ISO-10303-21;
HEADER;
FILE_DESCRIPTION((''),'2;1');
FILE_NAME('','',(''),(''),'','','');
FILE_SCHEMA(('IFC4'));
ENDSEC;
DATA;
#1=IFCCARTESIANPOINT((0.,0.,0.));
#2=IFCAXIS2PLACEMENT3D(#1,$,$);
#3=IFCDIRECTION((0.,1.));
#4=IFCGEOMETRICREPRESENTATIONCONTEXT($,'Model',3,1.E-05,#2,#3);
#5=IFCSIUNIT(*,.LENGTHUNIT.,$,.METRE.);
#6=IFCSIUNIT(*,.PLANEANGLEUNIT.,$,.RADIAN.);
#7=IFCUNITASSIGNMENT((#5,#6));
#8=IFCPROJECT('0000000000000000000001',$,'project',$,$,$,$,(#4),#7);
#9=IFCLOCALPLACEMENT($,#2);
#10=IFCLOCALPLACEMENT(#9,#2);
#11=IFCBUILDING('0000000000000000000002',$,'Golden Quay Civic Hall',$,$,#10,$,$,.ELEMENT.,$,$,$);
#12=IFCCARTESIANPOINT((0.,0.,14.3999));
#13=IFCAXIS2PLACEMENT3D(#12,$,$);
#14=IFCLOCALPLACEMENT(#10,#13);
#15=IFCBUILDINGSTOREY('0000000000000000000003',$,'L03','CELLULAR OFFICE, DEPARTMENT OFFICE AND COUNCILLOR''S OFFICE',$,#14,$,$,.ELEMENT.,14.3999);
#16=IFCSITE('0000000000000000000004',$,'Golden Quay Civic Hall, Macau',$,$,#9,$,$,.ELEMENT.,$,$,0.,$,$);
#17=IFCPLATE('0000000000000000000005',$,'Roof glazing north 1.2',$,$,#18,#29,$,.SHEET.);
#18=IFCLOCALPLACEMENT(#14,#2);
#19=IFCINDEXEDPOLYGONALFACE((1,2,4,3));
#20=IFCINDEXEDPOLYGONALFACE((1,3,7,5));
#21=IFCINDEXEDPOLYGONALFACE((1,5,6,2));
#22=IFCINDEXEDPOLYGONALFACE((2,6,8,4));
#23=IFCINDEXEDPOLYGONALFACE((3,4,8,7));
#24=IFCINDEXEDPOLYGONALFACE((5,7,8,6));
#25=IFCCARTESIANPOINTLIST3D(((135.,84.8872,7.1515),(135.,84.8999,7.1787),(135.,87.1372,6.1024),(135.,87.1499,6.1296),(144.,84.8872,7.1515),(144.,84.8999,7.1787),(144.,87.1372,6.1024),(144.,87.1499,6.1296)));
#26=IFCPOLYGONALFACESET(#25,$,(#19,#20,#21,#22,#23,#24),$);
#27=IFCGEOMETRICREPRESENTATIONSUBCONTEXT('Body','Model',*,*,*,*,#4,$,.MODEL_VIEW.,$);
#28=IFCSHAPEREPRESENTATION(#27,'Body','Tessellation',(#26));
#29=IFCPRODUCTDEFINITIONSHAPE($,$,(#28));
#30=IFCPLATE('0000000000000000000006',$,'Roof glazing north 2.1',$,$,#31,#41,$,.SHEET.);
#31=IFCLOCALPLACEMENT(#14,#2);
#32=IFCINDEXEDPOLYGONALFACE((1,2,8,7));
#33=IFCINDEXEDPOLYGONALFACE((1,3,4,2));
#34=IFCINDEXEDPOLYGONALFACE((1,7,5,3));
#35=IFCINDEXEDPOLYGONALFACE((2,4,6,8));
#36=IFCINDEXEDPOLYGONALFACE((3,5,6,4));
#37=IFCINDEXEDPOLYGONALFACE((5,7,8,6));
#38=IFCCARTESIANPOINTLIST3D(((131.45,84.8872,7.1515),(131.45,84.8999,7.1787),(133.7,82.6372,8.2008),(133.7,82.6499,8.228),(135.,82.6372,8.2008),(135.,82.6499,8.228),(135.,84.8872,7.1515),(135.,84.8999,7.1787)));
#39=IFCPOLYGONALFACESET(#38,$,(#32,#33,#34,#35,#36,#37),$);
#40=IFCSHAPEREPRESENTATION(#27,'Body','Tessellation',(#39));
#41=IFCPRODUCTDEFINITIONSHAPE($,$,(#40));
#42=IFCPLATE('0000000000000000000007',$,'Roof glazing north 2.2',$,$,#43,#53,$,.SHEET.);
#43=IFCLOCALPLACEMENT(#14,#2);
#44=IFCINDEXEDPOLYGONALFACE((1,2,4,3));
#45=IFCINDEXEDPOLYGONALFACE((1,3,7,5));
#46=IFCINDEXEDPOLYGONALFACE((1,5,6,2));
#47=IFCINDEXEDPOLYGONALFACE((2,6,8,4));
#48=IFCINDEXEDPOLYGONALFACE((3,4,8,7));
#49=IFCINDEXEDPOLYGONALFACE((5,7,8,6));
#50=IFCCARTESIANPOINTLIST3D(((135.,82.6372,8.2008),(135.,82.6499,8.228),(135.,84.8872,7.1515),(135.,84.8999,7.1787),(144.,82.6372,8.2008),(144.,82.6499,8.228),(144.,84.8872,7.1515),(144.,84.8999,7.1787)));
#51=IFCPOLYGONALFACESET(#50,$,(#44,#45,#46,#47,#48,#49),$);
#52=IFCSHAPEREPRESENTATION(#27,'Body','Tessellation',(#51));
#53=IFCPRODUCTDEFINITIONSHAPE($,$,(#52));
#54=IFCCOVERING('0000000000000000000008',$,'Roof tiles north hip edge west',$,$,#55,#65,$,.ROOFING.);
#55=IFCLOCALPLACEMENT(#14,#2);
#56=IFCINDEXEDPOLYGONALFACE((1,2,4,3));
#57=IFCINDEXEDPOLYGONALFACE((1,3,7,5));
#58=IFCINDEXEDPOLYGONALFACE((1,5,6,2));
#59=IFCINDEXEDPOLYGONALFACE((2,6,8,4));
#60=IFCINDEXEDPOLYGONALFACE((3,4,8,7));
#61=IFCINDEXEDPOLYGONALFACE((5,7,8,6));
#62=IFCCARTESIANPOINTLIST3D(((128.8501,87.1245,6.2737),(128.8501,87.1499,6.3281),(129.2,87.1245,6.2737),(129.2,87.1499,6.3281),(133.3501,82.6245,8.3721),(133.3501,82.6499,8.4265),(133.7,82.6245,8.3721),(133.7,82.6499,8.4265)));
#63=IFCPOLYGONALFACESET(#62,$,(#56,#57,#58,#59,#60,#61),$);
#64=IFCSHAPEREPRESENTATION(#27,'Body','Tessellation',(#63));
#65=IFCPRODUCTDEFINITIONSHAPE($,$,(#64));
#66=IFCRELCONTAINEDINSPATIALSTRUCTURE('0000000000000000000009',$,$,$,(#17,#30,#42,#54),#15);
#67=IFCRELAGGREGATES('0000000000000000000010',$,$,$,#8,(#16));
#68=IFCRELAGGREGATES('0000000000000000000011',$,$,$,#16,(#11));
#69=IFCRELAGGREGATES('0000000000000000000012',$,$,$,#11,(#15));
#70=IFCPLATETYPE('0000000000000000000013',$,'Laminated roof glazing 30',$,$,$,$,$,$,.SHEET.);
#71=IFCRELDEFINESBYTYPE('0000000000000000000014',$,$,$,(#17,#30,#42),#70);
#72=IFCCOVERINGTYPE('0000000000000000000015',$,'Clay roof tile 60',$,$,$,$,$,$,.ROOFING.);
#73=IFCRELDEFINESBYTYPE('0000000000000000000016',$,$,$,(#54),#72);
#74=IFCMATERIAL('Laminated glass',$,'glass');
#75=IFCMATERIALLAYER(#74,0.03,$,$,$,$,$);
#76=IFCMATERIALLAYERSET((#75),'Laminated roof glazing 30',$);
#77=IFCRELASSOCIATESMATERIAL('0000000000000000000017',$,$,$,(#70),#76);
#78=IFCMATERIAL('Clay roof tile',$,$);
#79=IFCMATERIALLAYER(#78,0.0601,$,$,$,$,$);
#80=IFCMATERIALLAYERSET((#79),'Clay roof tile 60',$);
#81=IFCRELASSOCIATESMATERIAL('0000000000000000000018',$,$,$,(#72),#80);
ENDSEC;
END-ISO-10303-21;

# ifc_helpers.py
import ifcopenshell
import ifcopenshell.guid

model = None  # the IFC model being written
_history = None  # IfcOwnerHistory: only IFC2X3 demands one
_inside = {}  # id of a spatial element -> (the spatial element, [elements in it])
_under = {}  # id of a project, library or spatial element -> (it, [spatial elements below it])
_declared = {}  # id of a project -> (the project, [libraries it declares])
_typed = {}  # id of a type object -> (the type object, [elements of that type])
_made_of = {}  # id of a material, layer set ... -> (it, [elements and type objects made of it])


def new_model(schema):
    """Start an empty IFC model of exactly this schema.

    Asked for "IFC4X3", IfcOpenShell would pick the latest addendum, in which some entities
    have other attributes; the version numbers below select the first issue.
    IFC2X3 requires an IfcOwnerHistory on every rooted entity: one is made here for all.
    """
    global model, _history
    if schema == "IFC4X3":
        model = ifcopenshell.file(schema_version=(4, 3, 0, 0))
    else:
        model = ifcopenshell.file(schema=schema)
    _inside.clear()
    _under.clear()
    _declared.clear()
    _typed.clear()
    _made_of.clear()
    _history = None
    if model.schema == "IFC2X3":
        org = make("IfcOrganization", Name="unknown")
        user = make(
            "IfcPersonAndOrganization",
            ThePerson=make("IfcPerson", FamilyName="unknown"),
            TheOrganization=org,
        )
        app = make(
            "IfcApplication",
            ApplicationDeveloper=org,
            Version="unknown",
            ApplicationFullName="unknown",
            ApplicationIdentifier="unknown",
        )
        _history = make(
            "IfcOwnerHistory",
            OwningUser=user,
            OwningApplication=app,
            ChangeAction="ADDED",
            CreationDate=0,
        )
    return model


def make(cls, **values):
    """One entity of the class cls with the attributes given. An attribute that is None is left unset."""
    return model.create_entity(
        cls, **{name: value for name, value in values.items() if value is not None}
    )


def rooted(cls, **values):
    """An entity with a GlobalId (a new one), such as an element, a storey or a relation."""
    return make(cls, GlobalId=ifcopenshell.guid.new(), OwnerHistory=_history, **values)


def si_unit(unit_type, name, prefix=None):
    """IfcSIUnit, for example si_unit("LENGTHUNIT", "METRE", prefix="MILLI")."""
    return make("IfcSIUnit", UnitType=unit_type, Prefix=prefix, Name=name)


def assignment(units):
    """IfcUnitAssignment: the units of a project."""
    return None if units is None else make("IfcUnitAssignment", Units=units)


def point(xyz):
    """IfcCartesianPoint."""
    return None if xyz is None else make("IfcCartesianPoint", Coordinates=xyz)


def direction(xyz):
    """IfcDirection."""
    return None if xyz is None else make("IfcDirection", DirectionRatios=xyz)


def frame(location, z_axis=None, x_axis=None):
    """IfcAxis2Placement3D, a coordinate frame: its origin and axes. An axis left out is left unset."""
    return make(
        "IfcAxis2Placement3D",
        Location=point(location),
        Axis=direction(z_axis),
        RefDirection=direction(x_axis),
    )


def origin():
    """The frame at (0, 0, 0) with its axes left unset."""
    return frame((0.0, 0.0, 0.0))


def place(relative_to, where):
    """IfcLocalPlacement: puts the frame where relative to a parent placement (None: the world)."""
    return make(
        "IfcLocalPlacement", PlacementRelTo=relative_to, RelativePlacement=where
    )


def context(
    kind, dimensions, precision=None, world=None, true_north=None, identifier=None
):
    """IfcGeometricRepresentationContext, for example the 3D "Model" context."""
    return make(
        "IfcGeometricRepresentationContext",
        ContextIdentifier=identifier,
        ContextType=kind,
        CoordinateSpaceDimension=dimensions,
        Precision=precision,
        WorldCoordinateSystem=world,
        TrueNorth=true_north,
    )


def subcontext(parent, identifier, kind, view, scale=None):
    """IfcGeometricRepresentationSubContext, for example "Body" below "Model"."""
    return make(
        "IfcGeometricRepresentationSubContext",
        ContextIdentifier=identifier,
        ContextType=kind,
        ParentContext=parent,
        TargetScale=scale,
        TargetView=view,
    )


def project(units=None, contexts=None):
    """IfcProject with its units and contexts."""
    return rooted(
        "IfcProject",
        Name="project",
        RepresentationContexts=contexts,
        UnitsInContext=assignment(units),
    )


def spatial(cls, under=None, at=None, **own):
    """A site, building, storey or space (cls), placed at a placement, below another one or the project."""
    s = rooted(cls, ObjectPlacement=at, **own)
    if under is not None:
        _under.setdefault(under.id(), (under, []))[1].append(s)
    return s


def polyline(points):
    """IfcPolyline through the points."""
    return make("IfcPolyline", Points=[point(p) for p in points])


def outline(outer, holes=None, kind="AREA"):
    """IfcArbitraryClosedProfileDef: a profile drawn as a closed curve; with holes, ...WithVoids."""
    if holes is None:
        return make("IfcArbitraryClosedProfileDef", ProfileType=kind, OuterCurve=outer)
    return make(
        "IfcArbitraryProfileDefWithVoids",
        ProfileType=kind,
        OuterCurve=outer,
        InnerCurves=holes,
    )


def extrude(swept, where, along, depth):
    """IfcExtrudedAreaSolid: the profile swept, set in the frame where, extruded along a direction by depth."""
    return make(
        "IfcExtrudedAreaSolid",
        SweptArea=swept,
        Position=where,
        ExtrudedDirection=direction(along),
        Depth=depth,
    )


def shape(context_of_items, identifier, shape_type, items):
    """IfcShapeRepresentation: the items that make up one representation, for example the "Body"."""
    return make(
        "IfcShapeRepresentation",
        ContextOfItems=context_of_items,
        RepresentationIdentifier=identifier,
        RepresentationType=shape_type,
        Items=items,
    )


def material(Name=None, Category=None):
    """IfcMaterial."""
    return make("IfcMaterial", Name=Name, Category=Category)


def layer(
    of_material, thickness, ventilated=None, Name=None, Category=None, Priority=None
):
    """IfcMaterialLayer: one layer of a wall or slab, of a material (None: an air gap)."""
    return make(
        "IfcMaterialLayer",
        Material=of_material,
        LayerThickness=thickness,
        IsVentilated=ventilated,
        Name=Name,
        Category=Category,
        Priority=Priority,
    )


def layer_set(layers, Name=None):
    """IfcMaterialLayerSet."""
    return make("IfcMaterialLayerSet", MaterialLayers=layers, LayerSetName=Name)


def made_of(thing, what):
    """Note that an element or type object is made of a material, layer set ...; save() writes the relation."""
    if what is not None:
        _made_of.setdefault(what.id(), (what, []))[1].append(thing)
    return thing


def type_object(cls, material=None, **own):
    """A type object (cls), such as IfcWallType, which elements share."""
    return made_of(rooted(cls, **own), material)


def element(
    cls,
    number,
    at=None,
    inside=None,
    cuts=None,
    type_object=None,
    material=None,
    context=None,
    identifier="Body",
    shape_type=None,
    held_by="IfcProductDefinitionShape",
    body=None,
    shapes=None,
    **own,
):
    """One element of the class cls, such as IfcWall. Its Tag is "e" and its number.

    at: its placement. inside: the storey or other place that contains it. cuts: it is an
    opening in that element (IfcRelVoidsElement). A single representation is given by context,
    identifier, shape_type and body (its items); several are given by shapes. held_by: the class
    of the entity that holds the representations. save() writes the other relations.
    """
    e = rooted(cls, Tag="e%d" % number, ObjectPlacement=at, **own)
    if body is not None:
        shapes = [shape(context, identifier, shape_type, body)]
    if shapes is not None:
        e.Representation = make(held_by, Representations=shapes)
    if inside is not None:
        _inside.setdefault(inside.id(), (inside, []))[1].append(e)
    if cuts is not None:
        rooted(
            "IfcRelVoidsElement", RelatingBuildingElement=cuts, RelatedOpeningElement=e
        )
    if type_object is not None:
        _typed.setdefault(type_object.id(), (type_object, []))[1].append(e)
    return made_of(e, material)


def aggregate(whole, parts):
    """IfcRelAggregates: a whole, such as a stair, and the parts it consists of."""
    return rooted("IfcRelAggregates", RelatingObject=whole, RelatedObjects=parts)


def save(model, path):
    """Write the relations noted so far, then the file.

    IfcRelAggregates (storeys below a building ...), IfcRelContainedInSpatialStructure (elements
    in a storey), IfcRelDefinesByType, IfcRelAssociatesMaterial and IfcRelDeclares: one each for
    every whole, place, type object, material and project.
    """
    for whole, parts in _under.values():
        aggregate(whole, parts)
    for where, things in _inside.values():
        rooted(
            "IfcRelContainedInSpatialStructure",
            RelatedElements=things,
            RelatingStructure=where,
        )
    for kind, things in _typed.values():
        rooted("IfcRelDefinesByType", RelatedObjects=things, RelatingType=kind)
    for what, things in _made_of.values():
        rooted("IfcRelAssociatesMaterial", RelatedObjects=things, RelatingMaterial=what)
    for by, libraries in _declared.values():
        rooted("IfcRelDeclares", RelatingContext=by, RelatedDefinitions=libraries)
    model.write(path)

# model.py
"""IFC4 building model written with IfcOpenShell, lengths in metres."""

from ifc_helpers import new_model, si_unit, direction, frame, origin, place, context, subcontext, project, spatial, polyline, outline, extrude, material, layer, layer_set, type_object, element, save


model = new_model("IFC4")

# Units and contexts
model_context = context("Model", 3, precision=1e-05, world=origin(), true_north=direction((0.0, 1.0)))
body_context = subcontext(model_context, "Body", "Model", "MODEL_VIEW")
ifc_project = project(units=[si_unit("LENGTHUNIT", "METRE"), si_unit("PLANEANGLEUNIT", "RADIAN")], contexts=[model_context])

# Site, building, storey
site_placement = place(None, origin())
site = spatial("IfcSite", under=ifc_project, at=site_placement, Name="Golden Quay Civic Hall, Macau", CompositionType="ELEMENT", RefElevation=0.0)
building_placement = place(site_placement, origin())
building = spatial("IfcBuilding", under=site, at=building_placement, Name="Golden Quay Civic Hall", CompositionType="ELEMENT")
storey_placement = place(building_placement, frame((0.0, 0.0, 14.3999)))
storey = spatial("IfcBuildingStorey", under=building, at=storey_placement, Name="L03", Description="CELLULAR OFFICE, DEPARTMENT OFFICE AND COUNCILLOR'S OFFICE", CompositionType="ELEMENT", Elevation=14.3999)

# Plates
ifc_material_1 = material(Name="Laminated glass", Category="glass")
ifc_layer_1 = layer(ifc_material_1, 0.03)
ifc_layer_set_1 = layer_set([ifc_layer_1], Name="Laminated roof glazing 30")
plate_type = type_object("IfcPlateType", Name="Laminated roof glazing 30", PredefinedType="SHEET", material=ifc_layer_set_1)
plate_1_placement = place(storey_placement, frame((135.0, 84.8999, 7.1787), z_axis=(0.0, 0.422579, 0.906326), x_axis=(1.0, 0.0, 0.0)))
element("IfcPlate", 1, at=plate_1_placement, inside=storey, type_object=plate_type, Name="Roof glazing north 1.2", PredefinedType="SHEET", context=body_context, shape_type="SweptSolid", body=[
    extrude(outline(polyline([(0.0, 0.0), (9.0, 0.0), (9.0, 2.4825), (0.0, 2.4825), (0.0, 0.0)])), origin(), (0.0, 0.0, -1.0), 0.03),
])
plate_2_placement = place(storey_placement, frame((133.7, 82.6499, 8.228), z_axis=(0.0, 0.422659, 0.906289), x_axis=(1.0, 0.0, 0.0)))
element("IfcPlate", 2, at=plate_2_placement, inside=storey, type_object=plate_type, Name="Roof glazing north 2.1", PredefinedType="SHEET", context=body_context, shape_type="SweptSolid", body=[
    extrude(outline(polyline([(0.0, 0.0), (1.3, 0.0), (1.3, 2.4827), (-2.25, 2.4827), (0.0, 0.0)])), origin(), (0.0, 0.0, -1.0), 0.03),
])
plate_3_placement = place(storey_placement, frame((135.0, 82.6499, 8.228), z_axis=(0.0, 0.422659, 0.906289), x_axis=(1.0, 0.0, 0.0)))
element("IfcPlate", 3, at=plate_3_placement, inside=storey, type_object=plate_type, Name="Roof glazing north 2.2", PredefinedType="SHEET", context=body_context, shape_type="SweptSolid", body=[
    extrude(outline(polyline([(0.0, 0.0), (9.0, 0.0), (9.0, 2.4827), (0.0, 2.4827), (0.0, 0.0)])), origin(), (0.0, 0.0, -1.0), 0.03),
])

# Covering
ifc_material_2 = material(Name="Clay roof tile")
ifc_layer_2 = layer(ifc_material_2, 0.0601)
ifc_layer_set_2 = layer_set([ifc_layer_2], Name="Clay roof tile 60")
covering_type = type_object("IfcCoveringType", Name="Clay roof tile 60", PredefinedType="ROOFING", material=ifc_layer_set_2)
covering_placement = place(storey_placement, frame((133.3501, 82.6499, 8.4265), z_axis=(0.0, 0.422619, 0.906307), x_axis=(1.0, 0.0, 0.0)))
element("IfcCovering", 4, at=covering_placement, inside=storey, type_object=covering_type, Name="Roof tiles north hip edge west", PredefinedType="ROOFING", context=body_context, shape_type="SweptSolid", body=[
    extrude(outline(polyline([(0.0, 0.0), (0.3499, 0.0), (-4.1501, 4.9652), (-4.5, 4.9652), (0.0, 0.0)])), origin(), (0.0, 0.0, -1.0), 0.0601),
])

save(model, "model.ifc")
